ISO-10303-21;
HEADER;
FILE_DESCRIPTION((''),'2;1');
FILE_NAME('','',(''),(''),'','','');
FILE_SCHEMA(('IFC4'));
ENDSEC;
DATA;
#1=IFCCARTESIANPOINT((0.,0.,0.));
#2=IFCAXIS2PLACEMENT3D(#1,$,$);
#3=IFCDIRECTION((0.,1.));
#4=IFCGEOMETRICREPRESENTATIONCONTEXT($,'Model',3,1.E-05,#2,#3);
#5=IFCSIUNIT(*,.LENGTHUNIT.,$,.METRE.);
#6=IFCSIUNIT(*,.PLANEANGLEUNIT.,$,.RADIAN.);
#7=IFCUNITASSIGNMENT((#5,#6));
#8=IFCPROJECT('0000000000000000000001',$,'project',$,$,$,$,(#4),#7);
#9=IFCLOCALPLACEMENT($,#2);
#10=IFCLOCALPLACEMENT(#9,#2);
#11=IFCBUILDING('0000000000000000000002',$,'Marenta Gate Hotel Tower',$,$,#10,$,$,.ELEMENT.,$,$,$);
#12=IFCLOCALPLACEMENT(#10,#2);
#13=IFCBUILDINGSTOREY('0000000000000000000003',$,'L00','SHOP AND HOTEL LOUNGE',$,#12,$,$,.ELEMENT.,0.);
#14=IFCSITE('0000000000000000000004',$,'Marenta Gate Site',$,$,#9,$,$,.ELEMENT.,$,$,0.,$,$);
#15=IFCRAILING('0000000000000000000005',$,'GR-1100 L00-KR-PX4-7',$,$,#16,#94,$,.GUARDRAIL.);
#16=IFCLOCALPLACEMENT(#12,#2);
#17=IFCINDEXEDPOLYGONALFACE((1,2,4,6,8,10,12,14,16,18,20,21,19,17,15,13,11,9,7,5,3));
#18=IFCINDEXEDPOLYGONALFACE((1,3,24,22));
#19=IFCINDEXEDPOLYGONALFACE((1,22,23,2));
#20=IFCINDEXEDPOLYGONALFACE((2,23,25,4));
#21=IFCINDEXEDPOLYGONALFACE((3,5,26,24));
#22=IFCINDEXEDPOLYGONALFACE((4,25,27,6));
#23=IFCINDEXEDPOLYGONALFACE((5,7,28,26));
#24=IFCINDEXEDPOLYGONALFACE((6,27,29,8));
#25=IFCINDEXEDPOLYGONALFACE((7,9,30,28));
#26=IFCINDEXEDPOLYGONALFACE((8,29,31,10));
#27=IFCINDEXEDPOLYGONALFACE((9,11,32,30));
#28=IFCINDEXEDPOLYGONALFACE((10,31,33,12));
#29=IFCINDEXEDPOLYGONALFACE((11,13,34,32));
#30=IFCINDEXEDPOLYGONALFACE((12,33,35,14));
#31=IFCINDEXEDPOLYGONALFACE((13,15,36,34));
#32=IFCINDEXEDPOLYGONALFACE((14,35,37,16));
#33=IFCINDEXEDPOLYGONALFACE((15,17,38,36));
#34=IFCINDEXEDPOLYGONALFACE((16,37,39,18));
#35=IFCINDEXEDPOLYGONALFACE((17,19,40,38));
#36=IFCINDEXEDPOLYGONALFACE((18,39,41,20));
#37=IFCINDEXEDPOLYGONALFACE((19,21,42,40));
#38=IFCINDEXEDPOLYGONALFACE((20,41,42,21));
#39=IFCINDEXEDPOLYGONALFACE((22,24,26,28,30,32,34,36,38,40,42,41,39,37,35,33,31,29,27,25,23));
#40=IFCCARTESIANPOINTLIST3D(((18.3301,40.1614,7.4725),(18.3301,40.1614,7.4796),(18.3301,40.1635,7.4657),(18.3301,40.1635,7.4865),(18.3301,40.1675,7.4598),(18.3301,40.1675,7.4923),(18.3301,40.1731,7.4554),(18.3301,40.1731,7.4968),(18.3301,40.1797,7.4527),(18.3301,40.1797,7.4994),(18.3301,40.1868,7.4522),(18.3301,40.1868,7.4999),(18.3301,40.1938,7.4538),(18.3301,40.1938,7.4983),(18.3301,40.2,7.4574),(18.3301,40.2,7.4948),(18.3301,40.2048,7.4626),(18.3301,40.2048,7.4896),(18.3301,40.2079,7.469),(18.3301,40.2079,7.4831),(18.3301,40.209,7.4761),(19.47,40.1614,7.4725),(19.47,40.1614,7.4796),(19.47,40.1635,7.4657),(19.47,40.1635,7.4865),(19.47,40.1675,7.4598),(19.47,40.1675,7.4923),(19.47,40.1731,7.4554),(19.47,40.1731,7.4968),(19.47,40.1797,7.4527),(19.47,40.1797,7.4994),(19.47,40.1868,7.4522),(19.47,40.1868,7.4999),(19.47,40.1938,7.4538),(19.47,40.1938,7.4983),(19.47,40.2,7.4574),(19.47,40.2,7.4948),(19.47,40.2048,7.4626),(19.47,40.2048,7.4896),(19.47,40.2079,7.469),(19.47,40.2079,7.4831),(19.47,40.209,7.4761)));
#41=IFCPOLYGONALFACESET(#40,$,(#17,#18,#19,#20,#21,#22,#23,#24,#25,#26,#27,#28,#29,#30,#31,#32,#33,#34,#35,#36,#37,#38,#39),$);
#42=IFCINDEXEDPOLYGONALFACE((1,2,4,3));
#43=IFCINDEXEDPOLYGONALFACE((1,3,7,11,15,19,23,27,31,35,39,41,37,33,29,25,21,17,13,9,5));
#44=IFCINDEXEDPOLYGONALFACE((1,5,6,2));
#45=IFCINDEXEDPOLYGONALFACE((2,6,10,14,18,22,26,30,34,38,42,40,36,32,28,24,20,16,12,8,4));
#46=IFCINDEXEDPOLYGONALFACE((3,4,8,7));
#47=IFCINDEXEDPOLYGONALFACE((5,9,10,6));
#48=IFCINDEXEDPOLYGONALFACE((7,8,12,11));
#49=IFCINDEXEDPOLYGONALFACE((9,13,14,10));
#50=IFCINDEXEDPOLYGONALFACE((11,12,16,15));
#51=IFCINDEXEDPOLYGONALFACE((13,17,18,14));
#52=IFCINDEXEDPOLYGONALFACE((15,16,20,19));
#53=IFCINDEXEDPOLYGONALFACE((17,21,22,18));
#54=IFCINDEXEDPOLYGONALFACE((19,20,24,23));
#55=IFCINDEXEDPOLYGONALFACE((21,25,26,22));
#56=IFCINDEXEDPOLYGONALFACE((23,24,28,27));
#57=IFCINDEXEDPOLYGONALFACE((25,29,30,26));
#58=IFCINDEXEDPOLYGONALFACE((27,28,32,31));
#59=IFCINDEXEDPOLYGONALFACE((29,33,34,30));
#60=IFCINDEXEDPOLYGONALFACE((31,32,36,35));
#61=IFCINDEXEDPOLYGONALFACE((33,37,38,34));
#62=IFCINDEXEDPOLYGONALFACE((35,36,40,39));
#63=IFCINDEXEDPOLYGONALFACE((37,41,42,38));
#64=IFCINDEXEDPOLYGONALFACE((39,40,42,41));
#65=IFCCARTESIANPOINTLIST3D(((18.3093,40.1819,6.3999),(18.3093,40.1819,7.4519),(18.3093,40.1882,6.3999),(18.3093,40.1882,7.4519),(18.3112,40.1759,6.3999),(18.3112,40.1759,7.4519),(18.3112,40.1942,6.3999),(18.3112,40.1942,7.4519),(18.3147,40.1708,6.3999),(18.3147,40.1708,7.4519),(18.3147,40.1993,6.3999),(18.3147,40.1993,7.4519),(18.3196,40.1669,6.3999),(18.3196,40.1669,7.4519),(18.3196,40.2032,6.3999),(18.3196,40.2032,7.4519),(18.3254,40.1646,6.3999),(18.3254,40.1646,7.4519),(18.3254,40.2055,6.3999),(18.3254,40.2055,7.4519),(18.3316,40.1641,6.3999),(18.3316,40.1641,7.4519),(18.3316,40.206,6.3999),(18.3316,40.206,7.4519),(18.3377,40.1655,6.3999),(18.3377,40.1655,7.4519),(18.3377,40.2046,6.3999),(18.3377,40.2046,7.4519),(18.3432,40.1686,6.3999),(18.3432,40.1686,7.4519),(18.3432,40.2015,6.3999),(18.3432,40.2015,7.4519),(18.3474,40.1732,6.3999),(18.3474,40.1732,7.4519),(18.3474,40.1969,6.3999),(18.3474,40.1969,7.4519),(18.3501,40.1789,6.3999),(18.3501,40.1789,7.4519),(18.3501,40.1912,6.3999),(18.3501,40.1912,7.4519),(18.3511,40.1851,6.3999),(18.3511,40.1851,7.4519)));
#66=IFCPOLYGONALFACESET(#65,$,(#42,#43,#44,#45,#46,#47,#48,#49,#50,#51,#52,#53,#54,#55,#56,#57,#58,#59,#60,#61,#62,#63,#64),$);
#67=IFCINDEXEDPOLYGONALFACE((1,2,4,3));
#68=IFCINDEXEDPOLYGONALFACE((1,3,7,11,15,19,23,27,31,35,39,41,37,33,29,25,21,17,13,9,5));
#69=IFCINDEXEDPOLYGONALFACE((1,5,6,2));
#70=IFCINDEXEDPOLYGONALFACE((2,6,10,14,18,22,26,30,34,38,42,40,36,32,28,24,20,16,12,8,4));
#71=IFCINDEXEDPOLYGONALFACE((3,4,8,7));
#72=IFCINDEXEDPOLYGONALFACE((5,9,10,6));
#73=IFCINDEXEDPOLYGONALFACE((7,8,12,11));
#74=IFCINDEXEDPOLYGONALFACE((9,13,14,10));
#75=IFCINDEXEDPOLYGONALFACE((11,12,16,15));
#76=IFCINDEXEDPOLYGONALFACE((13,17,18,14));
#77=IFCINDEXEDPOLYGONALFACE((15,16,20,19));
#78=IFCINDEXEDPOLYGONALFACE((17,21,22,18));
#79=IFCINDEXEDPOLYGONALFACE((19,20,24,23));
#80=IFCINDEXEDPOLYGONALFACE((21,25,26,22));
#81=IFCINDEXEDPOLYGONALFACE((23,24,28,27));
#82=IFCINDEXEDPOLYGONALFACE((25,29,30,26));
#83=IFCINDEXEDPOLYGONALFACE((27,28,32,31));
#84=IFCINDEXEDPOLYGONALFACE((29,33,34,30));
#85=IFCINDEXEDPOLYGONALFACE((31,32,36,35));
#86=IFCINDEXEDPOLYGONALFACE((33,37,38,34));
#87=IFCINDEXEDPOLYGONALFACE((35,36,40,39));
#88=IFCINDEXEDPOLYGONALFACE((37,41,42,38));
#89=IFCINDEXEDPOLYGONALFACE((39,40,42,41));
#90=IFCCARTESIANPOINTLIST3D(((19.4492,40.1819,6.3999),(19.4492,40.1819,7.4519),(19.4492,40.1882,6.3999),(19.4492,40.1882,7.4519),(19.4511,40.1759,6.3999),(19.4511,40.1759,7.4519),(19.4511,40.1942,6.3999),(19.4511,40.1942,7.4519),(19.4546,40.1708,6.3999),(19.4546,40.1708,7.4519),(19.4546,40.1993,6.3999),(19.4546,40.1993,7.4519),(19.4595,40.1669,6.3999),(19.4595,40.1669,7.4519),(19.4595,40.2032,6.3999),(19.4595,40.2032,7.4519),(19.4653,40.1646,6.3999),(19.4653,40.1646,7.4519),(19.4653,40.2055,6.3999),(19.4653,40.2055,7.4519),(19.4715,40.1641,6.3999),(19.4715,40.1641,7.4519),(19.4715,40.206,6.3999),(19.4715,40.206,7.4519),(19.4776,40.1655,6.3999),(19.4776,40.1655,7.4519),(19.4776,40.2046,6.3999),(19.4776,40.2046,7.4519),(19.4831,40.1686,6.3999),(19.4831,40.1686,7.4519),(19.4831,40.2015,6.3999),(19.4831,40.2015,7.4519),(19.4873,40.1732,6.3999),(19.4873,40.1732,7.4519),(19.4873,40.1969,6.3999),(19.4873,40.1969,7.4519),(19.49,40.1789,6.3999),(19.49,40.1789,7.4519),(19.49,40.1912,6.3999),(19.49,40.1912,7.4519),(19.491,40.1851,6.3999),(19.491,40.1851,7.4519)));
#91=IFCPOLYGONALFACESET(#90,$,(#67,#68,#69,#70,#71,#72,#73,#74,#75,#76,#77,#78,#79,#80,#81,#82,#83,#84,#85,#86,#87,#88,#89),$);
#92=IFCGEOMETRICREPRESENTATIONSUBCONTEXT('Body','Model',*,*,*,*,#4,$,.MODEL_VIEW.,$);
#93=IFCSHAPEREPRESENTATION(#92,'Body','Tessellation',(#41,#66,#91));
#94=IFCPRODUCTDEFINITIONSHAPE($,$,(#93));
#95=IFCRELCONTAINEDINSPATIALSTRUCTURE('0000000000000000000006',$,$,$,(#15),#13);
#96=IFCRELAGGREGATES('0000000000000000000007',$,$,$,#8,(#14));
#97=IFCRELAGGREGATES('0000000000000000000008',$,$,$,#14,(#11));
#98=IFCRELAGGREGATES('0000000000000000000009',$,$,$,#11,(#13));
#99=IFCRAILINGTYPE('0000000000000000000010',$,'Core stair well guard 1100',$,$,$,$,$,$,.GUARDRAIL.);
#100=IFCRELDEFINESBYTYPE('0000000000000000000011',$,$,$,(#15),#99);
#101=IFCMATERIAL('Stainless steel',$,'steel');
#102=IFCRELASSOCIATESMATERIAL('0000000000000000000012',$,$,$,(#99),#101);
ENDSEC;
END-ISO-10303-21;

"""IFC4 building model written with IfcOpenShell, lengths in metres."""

from ifc_helpers import new_model, si_unit, direction, frame, origin, origin_2d, place, context, subcontext, project, spatial, circle, extrude, material, type_object, element, save


model = new_model("IFC4")

# Units and contexts
model_context = context("Model", 3, precision=1e-05, world=origin(), true_north=direction((0.0, 1.0)))
body_context = subcontext(model_context, "Body", "Model", "MODEL_VIEW")
ifc_project = project(units=[si_unit("LENGTHUNIT", "METRE"), si_unit("PLANEANGLEUNIT", "RADIAN")], contexts=[model_context])

# Site, building, storey
site_placement = place(None, origin())
site = spatial("IfcSite", under=ifc_project, at=site_placement, Name="Marenta Gate Site", CompositionType="ELEMENT", RefElevation=0.0)
building_placement = place(site_placement, origin())
building = spatial("IfcBuilding", under=site, at=building_placement, Name="Marenta Gate Hotel Tower", CompositionType="ELEMENT")
storey_placement = place(building_placement, origin())
storey = spatial("IfcBuildingStorey", under=building, at=storey_placement, Name="L00", Description="SHOP AND HOTEL LOUNGE", CompositionType="ELEMENT", Elevation=0.0)

# Railing
ifc_material_1 = material(Name="Stainless steel", Category="steel")
railing_type_1 = type_object("IfcRailingType", Name="Core stair well guard 1100", PredefinedType="GUARDRAIL", material=ifc_material_1)
railing_1_placement = place(storey_placement, frame((18.3301, 40.1851, 6.3999)))
element("IfcRailing", 1, at=railing_1_placement, inside=storey, type_object=railing_type_1, Name="GR-1100 L00-KR-PX4-7", PredefinedType="GUARDRAIL", context=body_context, shape_type="SweptSolid", body=[
    extrude(circle(Radius=0.0239, at=origin_2d()), frame((0.0, 0.0, 1.0762), z_axis=(1.0, 0.0, 0.0), x_axis=(0.0, 1.0, 0.0)), (0.0, 0.0, 1.0), 1.1399),
    extrude(circle(Radius=0.021, at=origin_2d()), origin(), (0.0, 0.0, 1.0), 1.052),
    extrude(circle(Radius=0.021, at=origin_2d()), frame((1.1399, 0.0, 0.0)), (0.0, 0.0, 1.0), 1.052),
])

save(model, "model.ifc")
